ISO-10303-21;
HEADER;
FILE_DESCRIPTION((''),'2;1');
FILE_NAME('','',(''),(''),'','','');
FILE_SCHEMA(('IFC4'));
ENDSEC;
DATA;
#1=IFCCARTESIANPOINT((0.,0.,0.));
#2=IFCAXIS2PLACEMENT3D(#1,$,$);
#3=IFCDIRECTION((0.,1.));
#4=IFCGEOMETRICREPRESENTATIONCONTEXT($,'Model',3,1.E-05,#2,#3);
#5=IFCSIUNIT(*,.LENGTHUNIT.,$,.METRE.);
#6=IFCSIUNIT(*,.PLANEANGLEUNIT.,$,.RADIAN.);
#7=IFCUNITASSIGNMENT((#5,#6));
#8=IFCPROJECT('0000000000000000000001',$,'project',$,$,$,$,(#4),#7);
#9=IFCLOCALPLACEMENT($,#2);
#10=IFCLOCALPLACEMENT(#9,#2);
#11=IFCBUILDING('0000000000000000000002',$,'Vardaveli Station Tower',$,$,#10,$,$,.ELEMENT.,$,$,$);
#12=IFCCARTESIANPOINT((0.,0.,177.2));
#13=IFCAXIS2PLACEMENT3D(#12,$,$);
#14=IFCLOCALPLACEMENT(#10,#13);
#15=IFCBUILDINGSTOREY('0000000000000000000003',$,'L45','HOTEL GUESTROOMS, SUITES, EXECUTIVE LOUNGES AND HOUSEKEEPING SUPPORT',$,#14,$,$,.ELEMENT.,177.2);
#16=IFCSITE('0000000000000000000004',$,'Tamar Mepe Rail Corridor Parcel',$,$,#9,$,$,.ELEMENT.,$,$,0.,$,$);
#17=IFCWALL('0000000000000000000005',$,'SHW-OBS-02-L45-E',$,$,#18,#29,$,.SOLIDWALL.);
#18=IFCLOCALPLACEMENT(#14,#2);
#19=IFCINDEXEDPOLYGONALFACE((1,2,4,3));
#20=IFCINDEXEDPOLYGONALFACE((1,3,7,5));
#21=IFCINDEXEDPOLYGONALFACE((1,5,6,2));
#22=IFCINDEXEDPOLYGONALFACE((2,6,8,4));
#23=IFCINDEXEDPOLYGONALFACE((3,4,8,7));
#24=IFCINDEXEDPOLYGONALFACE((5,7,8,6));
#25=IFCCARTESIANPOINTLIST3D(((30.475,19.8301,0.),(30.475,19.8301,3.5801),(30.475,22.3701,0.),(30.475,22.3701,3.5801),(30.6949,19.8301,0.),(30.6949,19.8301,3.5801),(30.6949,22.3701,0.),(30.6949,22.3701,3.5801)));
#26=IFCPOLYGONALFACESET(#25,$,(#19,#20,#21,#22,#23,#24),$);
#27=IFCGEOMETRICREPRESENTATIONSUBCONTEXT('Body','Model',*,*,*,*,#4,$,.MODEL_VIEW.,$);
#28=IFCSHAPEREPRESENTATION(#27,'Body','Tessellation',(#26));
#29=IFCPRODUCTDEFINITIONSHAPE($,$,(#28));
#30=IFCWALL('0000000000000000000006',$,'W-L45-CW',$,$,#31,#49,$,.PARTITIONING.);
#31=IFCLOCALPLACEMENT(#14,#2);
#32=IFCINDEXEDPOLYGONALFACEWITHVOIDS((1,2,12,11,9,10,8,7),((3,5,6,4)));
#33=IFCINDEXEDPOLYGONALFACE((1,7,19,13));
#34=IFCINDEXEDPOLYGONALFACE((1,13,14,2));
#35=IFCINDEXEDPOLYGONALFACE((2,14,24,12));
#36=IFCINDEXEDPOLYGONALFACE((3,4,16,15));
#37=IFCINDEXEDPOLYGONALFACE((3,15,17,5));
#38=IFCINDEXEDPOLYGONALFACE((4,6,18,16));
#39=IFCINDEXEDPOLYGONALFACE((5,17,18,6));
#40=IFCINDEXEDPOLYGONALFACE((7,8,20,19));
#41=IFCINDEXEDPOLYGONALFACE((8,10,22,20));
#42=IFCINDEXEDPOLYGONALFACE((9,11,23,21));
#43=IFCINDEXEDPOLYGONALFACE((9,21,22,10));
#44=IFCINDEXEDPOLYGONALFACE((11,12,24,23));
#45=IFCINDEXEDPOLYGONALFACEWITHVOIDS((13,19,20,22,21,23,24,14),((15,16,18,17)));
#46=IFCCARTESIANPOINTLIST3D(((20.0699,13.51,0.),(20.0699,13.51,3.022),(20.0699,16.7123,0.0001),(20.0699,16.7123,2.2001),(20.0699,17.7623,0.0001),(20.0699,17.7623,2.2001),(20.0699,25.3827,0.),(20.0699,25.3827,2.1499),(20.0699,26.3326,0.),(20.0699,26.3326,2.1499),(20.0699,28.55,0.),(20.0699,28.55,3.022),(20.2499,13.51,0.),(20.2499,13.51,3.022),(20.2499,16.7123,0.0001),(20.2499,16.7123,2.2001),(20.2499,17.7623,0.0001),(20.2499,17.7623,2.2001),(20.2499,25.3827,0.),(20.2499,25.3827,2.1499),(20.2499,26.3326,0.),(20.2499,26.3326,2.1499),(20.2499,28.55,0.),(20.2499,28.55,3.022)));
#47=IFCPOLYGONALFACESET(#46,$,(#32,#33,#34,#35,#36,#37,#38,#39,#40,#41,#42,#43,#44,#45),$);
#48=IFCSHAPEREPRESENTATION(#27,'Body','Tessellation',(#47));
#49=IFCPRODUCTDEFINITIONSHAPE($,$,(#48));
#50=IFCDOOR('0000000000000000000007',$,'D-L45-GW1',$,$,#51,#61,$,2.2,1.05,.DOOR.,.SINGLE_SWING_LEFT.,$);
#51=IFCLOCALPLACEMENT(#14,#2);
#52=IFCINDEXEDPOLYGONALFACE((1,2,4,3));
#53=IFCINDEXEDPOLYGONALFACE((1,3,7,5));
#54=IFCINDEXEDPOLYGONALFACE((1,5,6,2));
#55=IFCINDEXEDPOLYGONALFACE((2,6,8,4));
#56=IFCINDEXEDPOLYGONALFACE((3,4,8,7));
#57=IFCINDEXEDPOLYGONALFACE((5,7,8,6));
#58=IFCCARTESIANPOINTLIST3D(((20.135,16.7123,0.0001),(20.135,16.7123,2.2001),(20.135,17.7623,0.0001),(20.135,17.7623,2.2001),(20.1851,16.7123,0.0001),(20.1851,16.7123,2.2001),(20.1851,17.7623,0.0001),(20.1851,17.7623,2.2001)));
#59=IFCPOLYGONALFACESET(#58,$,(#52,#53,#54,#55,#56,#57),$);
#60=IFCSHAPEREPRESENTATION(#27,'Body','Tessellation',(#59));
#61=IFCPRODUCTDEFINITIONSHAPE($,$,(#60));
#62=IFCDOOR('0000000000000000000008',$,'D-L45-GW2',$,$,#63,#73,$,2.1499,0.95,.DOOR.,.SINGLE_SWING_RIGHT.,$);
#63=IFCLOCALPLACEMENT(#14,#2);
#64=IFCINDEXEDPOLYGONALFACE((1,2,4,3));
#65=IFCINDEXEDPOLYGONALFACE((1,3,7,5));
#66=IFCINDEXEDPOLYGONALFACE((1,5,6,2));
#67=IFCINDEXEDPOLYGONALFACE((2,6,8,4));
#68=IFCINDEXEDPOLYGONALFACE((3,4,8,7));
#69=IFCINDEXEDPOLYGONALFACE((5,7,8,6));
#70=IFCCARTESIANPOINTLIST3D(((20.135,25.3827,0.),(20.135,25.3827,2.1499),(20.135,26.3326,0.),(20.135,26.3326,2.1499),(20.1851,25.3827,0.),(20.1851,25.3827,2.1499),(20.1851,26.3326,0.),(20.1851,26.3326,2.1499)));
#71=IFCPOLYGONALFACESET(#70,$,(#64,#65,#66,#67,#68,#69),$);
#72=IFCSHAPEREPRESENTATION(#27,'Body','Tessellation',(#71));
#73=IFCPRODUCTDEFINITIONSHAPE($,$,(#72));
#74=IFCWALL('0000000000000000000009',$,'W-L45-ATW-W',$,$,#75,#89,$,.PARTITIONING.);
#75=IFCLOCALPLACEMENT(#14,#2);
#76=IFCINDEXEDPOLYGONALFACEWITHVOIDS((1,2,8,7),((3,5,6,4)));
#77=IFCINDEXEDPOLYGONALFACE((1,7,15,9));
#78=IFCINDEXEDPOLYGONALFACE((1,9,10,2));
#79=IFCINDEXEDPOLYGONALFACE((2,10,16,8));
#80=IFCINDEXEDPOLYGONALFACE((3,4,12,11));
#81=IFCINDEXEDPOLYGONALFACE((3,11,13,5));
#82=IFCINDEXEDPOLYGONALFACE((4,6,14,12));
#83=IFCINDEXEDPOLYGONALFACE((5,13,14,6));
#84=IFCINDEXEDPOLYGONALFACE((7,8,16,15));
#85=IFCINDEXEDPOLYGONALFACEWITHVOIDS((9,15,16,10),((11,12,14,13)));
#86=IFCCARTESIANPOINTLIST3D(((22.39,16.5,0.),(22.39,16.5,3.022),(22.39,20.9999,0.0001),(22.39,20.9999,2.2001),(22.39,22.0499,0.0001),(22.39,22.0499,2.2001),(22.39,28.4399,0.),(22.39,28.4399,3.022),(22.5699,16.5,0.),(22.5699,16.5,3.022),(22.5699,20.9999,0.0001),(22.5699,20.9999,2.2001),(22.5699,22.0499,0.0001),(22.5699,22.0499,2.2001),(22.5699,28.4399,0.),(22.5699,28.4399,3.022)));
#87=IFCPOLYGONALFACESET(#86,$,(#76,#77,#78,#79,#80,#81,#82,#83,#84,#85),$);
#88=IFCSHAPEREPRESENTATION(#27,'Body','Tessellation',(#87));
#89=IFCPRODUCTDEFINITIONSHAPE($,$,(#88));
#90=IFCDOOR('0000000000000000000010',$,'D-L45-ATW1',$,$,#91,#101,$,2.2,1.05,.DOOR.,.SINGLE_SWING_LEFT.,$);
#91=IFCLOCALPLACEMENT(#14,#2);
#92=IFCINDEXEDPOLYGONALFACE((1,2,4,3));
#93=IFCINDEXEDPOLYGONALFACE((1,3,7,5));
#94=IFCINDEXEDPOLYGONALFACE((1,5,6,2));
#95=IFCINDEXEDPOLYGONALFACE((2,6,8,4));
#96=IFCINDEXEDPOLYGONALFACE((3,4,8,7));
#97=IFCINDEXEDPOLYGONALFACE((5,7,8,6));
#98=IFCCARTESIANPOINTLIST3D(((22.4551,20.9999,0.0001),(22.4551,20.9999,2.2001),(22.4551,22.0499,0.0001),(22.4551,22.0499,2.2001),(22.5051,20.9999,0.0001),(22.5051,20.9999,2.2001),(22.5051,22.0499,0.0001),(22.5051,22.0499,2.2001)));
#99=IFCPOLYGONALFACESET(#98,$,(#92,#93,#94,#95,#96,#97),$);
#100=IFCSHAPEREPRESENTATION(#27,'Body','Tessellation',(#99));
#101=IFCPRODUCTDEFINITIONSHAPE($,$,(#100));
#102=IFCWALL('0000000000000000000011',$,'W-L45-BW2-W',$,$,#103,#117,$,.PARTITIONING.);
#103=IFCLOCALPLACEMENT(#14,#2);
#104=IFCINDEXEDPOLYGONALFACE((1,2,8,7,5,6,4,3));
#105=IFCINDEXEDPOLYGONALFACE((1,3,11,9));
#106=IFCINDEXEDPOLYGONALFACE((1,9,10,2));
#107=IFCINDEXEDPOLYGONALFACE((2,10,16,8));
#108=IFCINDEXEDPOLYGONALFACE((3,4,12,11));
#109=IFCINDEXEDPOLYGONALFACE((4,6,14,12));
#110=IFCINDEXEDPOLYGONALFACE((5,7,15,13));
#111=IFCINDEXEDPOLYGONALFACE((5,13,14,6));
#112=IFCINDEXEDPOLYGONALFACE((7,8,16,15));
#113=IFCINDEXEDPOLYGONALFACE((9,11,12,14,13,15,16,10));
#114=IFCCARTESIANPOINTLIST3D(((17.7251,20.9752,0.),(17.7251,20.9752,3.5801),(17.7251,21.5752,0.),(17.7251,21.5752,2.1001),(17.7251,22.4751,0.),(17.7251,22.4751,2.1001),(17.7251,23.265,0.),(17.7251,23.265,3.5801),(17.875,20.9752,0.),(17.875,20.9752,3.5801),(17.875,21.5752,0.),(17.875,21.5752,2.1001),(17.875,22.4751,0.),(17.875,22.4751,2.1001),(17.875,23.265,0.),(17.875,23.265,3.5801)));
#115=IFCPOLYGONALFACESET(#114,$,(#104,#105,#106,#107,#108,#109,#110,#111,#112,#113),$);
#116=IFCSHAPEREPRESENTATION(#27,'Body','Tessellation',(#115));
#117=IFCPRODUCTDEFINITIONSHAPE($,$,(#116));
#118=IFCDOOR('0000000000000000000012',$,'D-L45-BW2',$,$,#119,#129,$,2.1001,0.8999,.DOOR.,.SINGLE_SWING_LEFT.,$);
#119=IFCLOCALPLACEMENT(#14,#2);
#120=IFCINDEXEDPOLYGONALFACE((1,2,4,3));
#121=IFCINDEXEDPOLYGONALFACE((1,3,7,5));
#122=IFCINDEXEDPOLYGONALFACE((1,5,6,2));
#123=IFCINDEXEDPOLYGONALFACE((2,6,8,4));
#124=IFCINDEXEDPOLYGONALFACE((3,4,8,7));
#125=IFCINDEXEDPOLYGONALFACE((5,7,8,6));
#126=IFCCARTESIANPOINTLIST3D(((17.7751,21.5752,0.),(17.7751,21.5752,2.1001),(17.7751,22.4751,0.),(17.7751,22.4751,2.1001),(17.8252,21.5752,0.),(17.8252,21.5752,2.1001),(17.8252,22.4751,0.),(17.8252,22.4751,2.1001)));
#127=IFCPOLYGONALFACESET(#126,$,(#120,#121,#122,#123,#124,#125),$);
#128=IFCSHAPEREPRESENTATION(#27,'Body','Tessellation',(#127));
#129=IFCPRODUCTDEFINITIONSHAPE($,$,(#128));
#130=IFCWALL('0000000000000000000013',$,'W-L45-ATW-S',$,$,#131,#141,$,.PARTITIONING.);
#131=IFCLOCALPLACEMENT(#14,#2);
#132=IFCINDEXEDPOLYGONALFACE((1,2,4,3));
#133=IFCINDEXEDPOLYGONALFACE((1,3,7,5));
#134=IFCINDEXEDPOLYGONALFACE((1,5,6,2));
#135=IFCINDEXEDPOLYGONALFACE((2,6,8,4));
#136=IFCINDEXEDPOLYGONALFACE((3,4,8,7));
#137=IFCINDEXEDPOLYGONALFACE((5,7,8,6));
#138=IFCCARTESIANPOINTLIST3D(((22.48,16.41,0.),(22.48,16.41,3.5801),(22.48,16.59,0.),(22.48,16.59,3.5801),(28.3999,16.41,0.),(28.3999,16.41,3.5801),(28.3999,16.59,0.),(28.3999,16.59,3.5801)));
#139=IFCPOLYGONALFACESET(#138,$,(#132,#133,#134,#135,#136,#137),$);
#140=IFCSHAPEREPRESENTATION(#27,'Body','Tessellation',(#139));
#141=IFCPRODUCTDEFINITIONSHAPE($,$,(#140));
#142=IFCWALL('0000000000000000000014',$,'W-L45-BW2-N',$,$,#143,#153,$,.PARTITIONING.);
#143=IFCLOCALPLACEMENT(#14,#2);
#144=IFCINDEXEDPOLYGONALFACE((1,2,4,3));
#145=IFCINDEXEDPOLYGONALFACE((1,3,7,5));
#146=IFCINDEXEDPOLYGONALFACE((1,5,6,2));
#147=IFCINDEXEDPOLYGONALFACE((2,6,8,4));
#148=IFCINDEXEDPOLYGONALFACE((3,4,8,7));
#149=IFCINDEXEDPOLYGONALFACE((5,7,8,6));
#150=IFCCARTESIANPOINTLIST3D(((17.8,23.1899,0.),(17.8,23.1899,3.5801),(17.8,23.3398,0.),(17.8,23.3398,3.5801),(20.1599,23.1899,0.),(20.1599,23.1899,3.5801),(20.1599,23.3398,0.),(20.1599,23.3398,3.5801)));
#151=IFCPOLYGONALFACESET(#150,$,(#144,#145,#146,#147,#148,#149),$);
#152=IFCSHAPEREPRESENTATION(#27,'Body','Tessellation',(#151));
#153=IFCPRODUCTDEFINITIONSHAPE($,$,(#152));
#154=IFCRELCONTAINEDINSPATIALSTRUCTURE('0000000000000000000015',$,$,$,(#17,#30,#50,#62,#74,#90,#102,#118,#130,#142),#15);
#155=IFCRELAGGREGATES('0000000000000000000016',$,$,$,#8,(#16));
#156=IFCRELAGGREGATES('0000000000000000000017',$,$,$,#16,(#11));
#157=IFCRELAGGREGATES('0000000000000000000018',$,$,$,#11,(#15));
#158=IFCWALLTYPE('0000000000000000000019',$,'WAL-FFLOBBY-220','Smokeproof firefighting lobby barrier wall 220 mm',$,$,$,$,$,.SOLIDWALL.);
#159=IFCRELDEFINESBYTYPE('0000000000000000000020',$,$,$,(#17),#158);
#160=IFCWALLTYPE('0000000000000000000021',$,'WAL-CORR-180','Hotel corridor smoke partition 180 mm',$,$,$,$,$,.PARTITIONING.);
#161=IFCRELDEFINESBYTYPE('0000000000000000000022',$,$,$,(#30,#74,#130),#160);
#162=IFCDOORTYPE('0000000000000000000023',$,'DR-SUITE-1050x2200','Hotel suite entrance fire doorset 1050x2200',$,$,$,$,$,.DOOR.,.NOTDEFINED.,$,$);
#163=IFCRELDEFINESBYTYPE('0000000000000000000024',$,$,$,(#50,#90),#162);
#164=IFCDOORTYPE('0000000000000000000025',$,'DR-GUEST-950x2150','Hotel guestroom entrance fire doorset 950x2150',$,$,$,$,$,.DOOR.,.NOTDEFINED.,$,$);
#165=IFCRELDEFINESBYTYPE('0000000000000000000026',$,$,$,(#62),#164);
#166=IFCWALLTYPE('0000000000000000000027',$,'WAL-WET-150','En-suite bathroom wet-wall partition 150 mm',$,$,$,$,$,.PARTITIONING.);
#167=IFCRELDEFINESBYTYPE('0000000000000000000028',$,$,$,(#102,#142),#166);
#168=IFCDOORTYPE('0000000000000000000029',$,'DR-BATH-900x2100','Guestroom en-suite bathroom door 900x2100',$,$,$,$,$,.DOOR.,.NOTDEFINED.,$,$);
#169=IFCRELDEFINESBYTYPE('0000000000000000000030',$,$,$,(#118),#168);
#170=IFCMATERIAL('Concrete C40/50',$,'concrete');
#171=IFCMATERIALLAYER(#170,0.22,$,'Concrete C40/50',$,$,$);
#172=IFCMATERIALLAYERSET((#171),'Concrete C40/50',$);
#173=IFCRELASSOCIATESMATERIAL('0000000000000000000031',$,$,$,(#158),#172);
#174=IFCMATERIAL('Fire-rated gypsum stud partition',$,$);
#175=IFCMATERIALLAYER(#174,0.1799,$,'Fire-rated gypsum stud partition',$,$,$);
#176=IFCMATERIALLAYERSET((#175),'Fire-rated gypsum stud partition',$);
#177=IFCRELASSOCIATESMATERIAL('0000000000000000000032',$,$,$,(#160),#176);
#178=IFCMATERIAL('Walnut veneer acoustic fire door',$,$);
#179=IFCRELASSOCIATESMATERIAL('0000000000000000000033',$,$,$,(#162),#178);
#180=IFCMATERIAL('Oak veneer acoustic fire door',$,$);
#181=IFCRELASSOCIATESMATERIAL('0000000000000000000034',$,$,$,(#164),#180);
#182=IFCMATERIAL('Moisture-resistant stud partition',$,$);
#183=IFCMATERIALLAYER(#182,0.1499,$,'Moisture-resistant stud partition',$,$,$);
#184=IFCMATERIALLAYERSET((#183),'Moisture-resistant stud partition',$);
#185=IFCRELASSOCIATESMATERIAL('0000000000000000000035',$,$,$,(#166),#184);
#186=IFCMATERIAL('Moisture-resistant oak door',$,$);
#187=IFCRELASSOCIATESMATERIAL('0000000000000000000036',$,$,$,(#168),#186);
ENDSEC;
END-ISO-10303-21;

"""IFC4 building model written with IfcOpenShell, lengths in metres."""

from ifc_helpers import new_model, si_unit, direction, frame, frame_2d, origin, place, context, subcontext, project, spatial, rectangle, extrude, source, transform, mapped, material, layer, layer_set, type_object, element, fill, save


model = new_model("IFC4")

# Units and contexts
model_context = context("Model", 3, precision=1e-05, world=origin(), true_north=direction((0.0, 1.0)))
body_context = subcontext(model_context, "Body", "Model", "MODEL_VIEW")
ifc_project = project(units=[si_unit("LENGTHUNIT", "METRE"), si_unit("PLANEANGLEUNIT", "RADIAN")], contexts=[model_context])

# Site, building, storey
site_placement = place(None, origin())
site = spatial("IfcSite", under=ifc_project, at=site_placement, Name="Tamar Mepe Rail Corridor Parcel", CompositionType="ELEMENT", RefElevation=0.0)
building_placement = place(site_placement, origin())
building = spatial("IfcBuilding", under=site, at=building_placement, Name="Vardaveli Station Tower", CompositionType="ELEMENT")
storey_placement = place(building_placement, frame((0.0, 0.0, 177.2)))
storey = spatial("IfcBuildingStorey", under=building, at=storey_placement, Name="L45", Description="HOTEL GUESTROOMS, SUITES, EXECUTIVE LOUNGES AND HOUSEKEEPING SUPPORT", CompositionType="ELEMENT", Elevation=177.2)

# Wall
ifc_material_1 = material(Name="Concrete C40/50", Category="concrete")
ifc_layer_1 = layer(ifc_material_1, 0.22, Name="Concrete C40/50")
ifc_layer_set_1 = layer_set([ifc_layer_1], Name="Concrete C40/50")
wall_type_1 = type_object("IfcWallType", Name="WAL-FFLOBBY-220", Description="Smokeproof firefighting lobby barrier wall 220 mm", PredefinedType="SOLIDWALL", material=ifc_layer_set_1)
shared_shape_1 = source(origin(), body_context, "Body", "SweptSolid", [
    extrude(rectangle(XDim=2.54, YDim=0.22, at=frame_2d((1.27, 0.0))), origin(), (0.0, 0.0, 1.0), 3.5801),
])
for number, where, z_axis, x_axis, name in (
    (1, (30.585, 19.8301, 0.0), (0.0, 0.0, 1.0), (0.0, 1.0, 0.0), "SHW-OBS-02-L45-E"),
):
    element("IfcWall", number, at=place(storey_placement, frame(where, z_axis=z_axis, x_axis=x_axis)), inside=storey, type_object=wall_type_1, Name=name, PredefinedType="SOLIDWALL", context=body_context, shape_type="MappedRepresentation", body=[
        mapped(shared_shape_1, transform((0.0, 0.0, 0.0), scale=1.0)),
    ])

# Wall, openings, doors
ifc_material_2 = material(Name="Fire-rated gypsum stud partition")
ifc_layer_2 = layer(ifc_material_2, 0.1799, Name="Fire-rated gypsum stud partition")
ifc_layer_set_2 = layer_set([ifc_layer_2], Name="Fire-rated gypsum stud partition")
wall_type_2 = type_object("IfcWallType", Name="WAL-CORR-180", Description="Hotel corridor smoke partition 180 mm", PredefinedType="PARTITIONING", material=ifc_layer_set_2)
shared_shape_2 = source(origin(), body_context, "Body", "SweptSolid", [
    extrude(rectangle(XDim=15.04, YDim=0.1799, at=frame_2d((7.52, 0.0))), origin(), (0.0, 0.0, 1.0), 3.022),
])
wall_1_placement = place(storey_placement, frame((20.1599, 13.51, 0.0), z_axis=(0.0, 0.0, 1.0), x_axis=(0.0, 1.0, 0.0)))
wall_1 = element("IfcWall", 2, at=wall_1_placement, inside=storey, type_object=wall_type_2, Name="W-L45-CW", PredefinedType="PARTITIONING", context=body_context, shape_type="MappedRepresentation", body=[
    mapped(shared_shape_2, transform((0.0, 0.0, 0.0), scale=1.0)),
])
shared_shape_3 = source(origin(), body_context, "Body", "SweptSolid", [
    extrude(rectangle(XDim=1.05, YDim=2.2, at=frame_2d((0.5249, 1.1001))), frame((0.0, 0.1001, 0.0), z_axis=(0.0, -1.0, 0.0), x_axis=(1.0, 0.0, 0.0)), (0.0, 0.0, 1.0), 0.2),
])
opening_1_placement = place(wall_1_placement, frame((3.2024, 0.0, 0.0)))
opening_1 = element("IfcOpeningElement", 3, at=opening_1_placement, cuts=wall_1, PredefinedType="OPENING", context=body_context, shape_type="MappedRepresentation", body=[
    mapped(shared_shape_3, transform((0.0, 0.0, 0.0), scale=1.0)),
])
shared_shape_4 = source(origin(), body_context, "Body", "SweptSolid", [
    extrude(rectangle(XDim=0.95, YDim=2.1499, at=frame_2d((0.4751, 1.075))), frame((0.0, 0.1001, 0.0), z_axis=(0.0, -1.0, 0.0), x_axis=(1.0, 0.0, 0.0)), (0.0, 0.0, 1.0), 0.2),
])
opening_2_placement = place(wall_1_placement, frame((11.8726, 0.0, 0.0)))
opening_2 = element("IfcOpeningElement", 4, at=opening_2_placement, cuts=wall_1, PredefinedType="OPENING", context=body_context, shape_type="MappedRepresentation", body=[
    mapped(shared_shape_4, transform((0.0, 0.0, 0.0), scale=1.0)),
])
ifc_material_3 = material(Name="Walnut veneer acoustic fire door")
door_type_1 = type_object("IfcDoorType", Name="DR-SUITE-1050x2200", Description="Hotel suite entrance fire doorset 1050x2200", OperationType="NOTDEFINED", PredefinedType="DOOR", material=ifc_material_3)
shared_shape_5 = source(origin(), body_context, "Body", "SweptSolid", [
    extrude(rectangle(XDim=1.05, YDim=2.2, at=frame_2d((0.5249, 1.1001))), frame((0.0, 0.0249, 0.0), z_axis=(0.0, -1.0, 0.0), x_axis=(1.0, 0.0, 0.0)), (0.0, 0.0, 1.0), 0.05),
])
door_1_placement = place(opening_1_placement, origin())
door_1 = element("IfcDoor", 5, at=door_1_placement, inside=storey, type_object=door_type_1, Name="D-L45-GW1", OperationType="SINGLE_SWING_LEFT", OverallHeight=2.2, OverallWidth=1.05, PredefinedType="DOOR", context=body_context, shape_type="MappedRepresentation", body=[
    mapped(shared_shape_5, transform((0.0, 0.0, 0.0), scale=1.0)),
])
fill(opening_1, door_1)
ifc_material_4 = material(Name="Oak veneer acoustic fire door")
door_type_2 = type_object("IfcDoorType", Name="DR-GUEST-950x2150", Description="Hotel guestroom entrance fire doorset 950x2150", OperationType="NOTDEFINED", PredefinedType="DOOR", material=ifc_material_4)
shared_shape_6 = source(origin(), body_context, "Body", "SweptSolid", [
    extrude(rectangle(XDim=0.95, YDim=2.1499, at=frame_2d((0.4751, 1.075))), frame((0.0, 0.0249, 0.0), z_axis=(0.0, -1.0, 0.0), x_axis=(1.0, 0.0, 0.0)), (0.0, 0.0, 1.0), 0.05),
])
door_2_placement = place(opening_2_placement, origin())
door_2 = element("IfcDoor", 6, at=door_2_placement, inside=storey, type_object=door_type_2, Name="D-L45-GW2", OperationType="SINGLE_SWING_RIGHT", OverallHeight=2.1499, OverallWidth=0.95, PredefinedType="DOOR", context=body_context, shape_type="MappedRepresentation", body=[
    mapped(shared_shape_6, transform((0.0, 0.0, 0.0), scale=1.0)),
])
fill(opening_2, door_2)

# Walls, openings, doors
shared_shape_7 = source(origin(), body_context, "Body", "SweptSolid", [
    extrude(rectangle(XDim=11.9399, YDim=0.1799, at=frame_2d((5.97, 0.0))), origin(), (0.0, 0.0, 1.0), 3.022),
])
wall_2_placement = place(storey_placement, frame((22.48, 16.5, 0.0), z_axis=(0.0, 0.0, 1.0), x_axis=(0.0, 1.0, 0.0)))
wall_2 = element("IfcWall", 7, at=wall_2_placement, inside=storey, type_object=wall_type_2, Name="W-L45-ATW-W", PredefinedType="PARTITIONING", context=body_context, shape_type="MappedRepresentation", body=[
    mapped(shared_shape_7, transform((0.0, 0.0, 0.0), scale=1.0)),
])
opening_3_placement = place(wall_2_placement, frame((4.5, 0.0, 0.0)))
opening_3 = element("IfcOpeningElement", 8, at=opening_3_placement, cuts=wall_2, PredefinedType="OPENING", context=body_context, shape_type="MappedRepresentation", body=[
    mapped(shared_shape_3, transform((0.0, 0.0, 0.0), scale=1.0)),
])
door_3_placement = place(opening_3_placement, origin())
door_3 = element("IfcDoor", 9, at=door_3_placement, inside=storey, type_object=door_type_1, Name="D-L45-ATW1", OperationType="SINGLE_SWING_LEFT", OverallHeight=2.2, OverallWidth=1.05, PredefinedType="DOOR", context=body_context, shape_type="MappedRepresentation", body=[
    mapped(shared_shape_5, transform((0.0, 0.0, 0.0), scale=1.0)),
])
fill(opening_3, door_3)
ifc_material_5 = material(Name="Moisture-resistant stud partition")
ifc_layer_3 = layer(ifc_material_5, 0.1499, Name="Moisture-resistant stud partition")
ifc_layer_set_3 = layer_set([ifc_layer_3], Name="Moisture-resistant stud partition")
wall_type_3 = type_object("IfcWallType", Name="WAL-WET-150", Description="En-suite bathroom wet-wall partition 150 mm", PredefinedType="PARTITIONING", material=ifc_layer_set_3)
shared_shape_8 = source(origin(), body_context, "Body", "SweptSolid", [
    extrude(rectangle(XDim=2.2898, YDim=0.1499, at=frame_2d((1.145, 0.0))), origin(), (0.0, 0.0, 1.0), 3.5801),
])
wall_3_placement = place(storey_placement, frame((17.8, 20.9751, 0.0), z_axis=(0.0, 0.0, 1.0), x_axis=(0.0, 1.0, 0.0)))
wall_3 = element("IfcWall", 10, at=wall_3_placement, inside=storey, type_object=wall_type_3, Name="W-L45-BW2-W", PredefinedType="PARTITIONING", context=body_context, shape_type="MappedRepresentation", body=[
    mapped(shared_shape_8, transform((0.0, 0.0, 0.0), scale=1.0)),
])
shared_shape_9 = source(origin(), body_context, "Body", "SweptSolid", [
    extrude(rectangle(XDim=0.8999, YDim=2.1001, at=frame_2d((0.45, 1.05))), frame((0.0, 0.085, 0.0), z_axis=(0.0, -1.0, 0.0), x_axis=(1.0, 0.0, 0.0)), (0.0, 0.0, 1.0), 0.1699),
])
opening_4_placement = place(wall_3_placement, frame((0.6001, 0.0, 0.0)))
opening_4 = element("IfcOpeningElement", 11, at=opening_4_placement, cuts=wall_3, PredefinedType="OPENING", context=body_context, shape_type="MappedRepresentation", body=[
    mapped(shared_shape_9, transform((0.0, 0.0, 0.0), scale=1.0)),
])
ifc_material_6 = material(Name="Moisture-resistant oak door")
door_type_3 = type_object("IfcDoorType", Name="DR-BATH-900x2100", Description="Guestroom en-suite bathroom door 900x2100", OperationType="NOTDEFINED", PredefinedType="DOOR", material=ifc_material_6)
shared_shape_10 = source(origin(), body_context, "Body", "SweptSolid", [
    extrude(rectangle(XDim=0.8999, YDim=2.1001, at=frame_2d((0.45, 1.05))), frame((0.0, 0.0249, 0.0), z_axis=(0.0, -1.0, 0.0), x_axis=(1.0, 0.0, 0.0)), (0.0, 0.0, 1.0), 0.05),
])
door_4_placement = place(opening_4_placement, origin())
door_4 = element("IfcDoor", 12, at=door_4_placement, inside=storey, type_object=door_type_3, Name="D-L45-BW2", OperationType="SINGLE_SWING_LEFT", OverallHeight=2.1001, OverallWidth=0.8999, PredefinedType="DOOR", context=body_context, shape_type="MappedRepresentation", body=[
    mapped(shared_shape_10, transform((0.0, 0.0, 0.0), scale=1.0)),
])
fill(opening_4, door_4)

# Walls
shared_shape_11 = source(origin(), body_context, "Body", "SweptSolid", [
    extrude(rectangle(XDim=5.9199, YDim=0.1799, at=frame_2d((2.96, 0.0))), origin(), (0.0, 0.0, 1.0), 3.5801),
])
wall_4_placement = place(storey_placement, frame((22.48, 16.5, 0.0), z_axis=(0.0, 0.0, 1.0), x_axis=(1.0, 0.0, 0.0)))
element("IfcWall", 13, at=wall_4_placement, inside=storey, type_object=wall_type_2, Name="W-L45-ATW-S", PredefinedType="PARTITIONING", context=body_context, shape_type="MappedRepresentation", body=[
    mapped(shared_shape_11, transform((0.0, 0.0, 0.0), scale=1.0)),
])
shared_shape_12 = source(origin(), body_context, "Body", "SweptSolid", [
    extrude(rectangle(XDim=2.3599, YDim=0.1499, at=frame_2d((1.1799, 0.0))), origin(), (0.0, 0.0, 1.0), 3.5801),
])
wall_5_placement = place(storey_placement, frame((17.8, 23.2649, 0.0), z_axis=(0.0, 0.0, 1.0), x_axis=(1.0, 0.0, 0.0)))
element("IfcWall", 14, at=wall_5_placement, inside=storey, type_object=wall_type_3, Name="W-L45-BW2-N", PredefinedType="PARTITIONING", context=body_context, shape_type="MappedRepresentation", body=[
    mapped(shared_shape_12, transform((0.0, 0.0, 0.0), scale=1.0)),
])

save(model, "model.ifc")
